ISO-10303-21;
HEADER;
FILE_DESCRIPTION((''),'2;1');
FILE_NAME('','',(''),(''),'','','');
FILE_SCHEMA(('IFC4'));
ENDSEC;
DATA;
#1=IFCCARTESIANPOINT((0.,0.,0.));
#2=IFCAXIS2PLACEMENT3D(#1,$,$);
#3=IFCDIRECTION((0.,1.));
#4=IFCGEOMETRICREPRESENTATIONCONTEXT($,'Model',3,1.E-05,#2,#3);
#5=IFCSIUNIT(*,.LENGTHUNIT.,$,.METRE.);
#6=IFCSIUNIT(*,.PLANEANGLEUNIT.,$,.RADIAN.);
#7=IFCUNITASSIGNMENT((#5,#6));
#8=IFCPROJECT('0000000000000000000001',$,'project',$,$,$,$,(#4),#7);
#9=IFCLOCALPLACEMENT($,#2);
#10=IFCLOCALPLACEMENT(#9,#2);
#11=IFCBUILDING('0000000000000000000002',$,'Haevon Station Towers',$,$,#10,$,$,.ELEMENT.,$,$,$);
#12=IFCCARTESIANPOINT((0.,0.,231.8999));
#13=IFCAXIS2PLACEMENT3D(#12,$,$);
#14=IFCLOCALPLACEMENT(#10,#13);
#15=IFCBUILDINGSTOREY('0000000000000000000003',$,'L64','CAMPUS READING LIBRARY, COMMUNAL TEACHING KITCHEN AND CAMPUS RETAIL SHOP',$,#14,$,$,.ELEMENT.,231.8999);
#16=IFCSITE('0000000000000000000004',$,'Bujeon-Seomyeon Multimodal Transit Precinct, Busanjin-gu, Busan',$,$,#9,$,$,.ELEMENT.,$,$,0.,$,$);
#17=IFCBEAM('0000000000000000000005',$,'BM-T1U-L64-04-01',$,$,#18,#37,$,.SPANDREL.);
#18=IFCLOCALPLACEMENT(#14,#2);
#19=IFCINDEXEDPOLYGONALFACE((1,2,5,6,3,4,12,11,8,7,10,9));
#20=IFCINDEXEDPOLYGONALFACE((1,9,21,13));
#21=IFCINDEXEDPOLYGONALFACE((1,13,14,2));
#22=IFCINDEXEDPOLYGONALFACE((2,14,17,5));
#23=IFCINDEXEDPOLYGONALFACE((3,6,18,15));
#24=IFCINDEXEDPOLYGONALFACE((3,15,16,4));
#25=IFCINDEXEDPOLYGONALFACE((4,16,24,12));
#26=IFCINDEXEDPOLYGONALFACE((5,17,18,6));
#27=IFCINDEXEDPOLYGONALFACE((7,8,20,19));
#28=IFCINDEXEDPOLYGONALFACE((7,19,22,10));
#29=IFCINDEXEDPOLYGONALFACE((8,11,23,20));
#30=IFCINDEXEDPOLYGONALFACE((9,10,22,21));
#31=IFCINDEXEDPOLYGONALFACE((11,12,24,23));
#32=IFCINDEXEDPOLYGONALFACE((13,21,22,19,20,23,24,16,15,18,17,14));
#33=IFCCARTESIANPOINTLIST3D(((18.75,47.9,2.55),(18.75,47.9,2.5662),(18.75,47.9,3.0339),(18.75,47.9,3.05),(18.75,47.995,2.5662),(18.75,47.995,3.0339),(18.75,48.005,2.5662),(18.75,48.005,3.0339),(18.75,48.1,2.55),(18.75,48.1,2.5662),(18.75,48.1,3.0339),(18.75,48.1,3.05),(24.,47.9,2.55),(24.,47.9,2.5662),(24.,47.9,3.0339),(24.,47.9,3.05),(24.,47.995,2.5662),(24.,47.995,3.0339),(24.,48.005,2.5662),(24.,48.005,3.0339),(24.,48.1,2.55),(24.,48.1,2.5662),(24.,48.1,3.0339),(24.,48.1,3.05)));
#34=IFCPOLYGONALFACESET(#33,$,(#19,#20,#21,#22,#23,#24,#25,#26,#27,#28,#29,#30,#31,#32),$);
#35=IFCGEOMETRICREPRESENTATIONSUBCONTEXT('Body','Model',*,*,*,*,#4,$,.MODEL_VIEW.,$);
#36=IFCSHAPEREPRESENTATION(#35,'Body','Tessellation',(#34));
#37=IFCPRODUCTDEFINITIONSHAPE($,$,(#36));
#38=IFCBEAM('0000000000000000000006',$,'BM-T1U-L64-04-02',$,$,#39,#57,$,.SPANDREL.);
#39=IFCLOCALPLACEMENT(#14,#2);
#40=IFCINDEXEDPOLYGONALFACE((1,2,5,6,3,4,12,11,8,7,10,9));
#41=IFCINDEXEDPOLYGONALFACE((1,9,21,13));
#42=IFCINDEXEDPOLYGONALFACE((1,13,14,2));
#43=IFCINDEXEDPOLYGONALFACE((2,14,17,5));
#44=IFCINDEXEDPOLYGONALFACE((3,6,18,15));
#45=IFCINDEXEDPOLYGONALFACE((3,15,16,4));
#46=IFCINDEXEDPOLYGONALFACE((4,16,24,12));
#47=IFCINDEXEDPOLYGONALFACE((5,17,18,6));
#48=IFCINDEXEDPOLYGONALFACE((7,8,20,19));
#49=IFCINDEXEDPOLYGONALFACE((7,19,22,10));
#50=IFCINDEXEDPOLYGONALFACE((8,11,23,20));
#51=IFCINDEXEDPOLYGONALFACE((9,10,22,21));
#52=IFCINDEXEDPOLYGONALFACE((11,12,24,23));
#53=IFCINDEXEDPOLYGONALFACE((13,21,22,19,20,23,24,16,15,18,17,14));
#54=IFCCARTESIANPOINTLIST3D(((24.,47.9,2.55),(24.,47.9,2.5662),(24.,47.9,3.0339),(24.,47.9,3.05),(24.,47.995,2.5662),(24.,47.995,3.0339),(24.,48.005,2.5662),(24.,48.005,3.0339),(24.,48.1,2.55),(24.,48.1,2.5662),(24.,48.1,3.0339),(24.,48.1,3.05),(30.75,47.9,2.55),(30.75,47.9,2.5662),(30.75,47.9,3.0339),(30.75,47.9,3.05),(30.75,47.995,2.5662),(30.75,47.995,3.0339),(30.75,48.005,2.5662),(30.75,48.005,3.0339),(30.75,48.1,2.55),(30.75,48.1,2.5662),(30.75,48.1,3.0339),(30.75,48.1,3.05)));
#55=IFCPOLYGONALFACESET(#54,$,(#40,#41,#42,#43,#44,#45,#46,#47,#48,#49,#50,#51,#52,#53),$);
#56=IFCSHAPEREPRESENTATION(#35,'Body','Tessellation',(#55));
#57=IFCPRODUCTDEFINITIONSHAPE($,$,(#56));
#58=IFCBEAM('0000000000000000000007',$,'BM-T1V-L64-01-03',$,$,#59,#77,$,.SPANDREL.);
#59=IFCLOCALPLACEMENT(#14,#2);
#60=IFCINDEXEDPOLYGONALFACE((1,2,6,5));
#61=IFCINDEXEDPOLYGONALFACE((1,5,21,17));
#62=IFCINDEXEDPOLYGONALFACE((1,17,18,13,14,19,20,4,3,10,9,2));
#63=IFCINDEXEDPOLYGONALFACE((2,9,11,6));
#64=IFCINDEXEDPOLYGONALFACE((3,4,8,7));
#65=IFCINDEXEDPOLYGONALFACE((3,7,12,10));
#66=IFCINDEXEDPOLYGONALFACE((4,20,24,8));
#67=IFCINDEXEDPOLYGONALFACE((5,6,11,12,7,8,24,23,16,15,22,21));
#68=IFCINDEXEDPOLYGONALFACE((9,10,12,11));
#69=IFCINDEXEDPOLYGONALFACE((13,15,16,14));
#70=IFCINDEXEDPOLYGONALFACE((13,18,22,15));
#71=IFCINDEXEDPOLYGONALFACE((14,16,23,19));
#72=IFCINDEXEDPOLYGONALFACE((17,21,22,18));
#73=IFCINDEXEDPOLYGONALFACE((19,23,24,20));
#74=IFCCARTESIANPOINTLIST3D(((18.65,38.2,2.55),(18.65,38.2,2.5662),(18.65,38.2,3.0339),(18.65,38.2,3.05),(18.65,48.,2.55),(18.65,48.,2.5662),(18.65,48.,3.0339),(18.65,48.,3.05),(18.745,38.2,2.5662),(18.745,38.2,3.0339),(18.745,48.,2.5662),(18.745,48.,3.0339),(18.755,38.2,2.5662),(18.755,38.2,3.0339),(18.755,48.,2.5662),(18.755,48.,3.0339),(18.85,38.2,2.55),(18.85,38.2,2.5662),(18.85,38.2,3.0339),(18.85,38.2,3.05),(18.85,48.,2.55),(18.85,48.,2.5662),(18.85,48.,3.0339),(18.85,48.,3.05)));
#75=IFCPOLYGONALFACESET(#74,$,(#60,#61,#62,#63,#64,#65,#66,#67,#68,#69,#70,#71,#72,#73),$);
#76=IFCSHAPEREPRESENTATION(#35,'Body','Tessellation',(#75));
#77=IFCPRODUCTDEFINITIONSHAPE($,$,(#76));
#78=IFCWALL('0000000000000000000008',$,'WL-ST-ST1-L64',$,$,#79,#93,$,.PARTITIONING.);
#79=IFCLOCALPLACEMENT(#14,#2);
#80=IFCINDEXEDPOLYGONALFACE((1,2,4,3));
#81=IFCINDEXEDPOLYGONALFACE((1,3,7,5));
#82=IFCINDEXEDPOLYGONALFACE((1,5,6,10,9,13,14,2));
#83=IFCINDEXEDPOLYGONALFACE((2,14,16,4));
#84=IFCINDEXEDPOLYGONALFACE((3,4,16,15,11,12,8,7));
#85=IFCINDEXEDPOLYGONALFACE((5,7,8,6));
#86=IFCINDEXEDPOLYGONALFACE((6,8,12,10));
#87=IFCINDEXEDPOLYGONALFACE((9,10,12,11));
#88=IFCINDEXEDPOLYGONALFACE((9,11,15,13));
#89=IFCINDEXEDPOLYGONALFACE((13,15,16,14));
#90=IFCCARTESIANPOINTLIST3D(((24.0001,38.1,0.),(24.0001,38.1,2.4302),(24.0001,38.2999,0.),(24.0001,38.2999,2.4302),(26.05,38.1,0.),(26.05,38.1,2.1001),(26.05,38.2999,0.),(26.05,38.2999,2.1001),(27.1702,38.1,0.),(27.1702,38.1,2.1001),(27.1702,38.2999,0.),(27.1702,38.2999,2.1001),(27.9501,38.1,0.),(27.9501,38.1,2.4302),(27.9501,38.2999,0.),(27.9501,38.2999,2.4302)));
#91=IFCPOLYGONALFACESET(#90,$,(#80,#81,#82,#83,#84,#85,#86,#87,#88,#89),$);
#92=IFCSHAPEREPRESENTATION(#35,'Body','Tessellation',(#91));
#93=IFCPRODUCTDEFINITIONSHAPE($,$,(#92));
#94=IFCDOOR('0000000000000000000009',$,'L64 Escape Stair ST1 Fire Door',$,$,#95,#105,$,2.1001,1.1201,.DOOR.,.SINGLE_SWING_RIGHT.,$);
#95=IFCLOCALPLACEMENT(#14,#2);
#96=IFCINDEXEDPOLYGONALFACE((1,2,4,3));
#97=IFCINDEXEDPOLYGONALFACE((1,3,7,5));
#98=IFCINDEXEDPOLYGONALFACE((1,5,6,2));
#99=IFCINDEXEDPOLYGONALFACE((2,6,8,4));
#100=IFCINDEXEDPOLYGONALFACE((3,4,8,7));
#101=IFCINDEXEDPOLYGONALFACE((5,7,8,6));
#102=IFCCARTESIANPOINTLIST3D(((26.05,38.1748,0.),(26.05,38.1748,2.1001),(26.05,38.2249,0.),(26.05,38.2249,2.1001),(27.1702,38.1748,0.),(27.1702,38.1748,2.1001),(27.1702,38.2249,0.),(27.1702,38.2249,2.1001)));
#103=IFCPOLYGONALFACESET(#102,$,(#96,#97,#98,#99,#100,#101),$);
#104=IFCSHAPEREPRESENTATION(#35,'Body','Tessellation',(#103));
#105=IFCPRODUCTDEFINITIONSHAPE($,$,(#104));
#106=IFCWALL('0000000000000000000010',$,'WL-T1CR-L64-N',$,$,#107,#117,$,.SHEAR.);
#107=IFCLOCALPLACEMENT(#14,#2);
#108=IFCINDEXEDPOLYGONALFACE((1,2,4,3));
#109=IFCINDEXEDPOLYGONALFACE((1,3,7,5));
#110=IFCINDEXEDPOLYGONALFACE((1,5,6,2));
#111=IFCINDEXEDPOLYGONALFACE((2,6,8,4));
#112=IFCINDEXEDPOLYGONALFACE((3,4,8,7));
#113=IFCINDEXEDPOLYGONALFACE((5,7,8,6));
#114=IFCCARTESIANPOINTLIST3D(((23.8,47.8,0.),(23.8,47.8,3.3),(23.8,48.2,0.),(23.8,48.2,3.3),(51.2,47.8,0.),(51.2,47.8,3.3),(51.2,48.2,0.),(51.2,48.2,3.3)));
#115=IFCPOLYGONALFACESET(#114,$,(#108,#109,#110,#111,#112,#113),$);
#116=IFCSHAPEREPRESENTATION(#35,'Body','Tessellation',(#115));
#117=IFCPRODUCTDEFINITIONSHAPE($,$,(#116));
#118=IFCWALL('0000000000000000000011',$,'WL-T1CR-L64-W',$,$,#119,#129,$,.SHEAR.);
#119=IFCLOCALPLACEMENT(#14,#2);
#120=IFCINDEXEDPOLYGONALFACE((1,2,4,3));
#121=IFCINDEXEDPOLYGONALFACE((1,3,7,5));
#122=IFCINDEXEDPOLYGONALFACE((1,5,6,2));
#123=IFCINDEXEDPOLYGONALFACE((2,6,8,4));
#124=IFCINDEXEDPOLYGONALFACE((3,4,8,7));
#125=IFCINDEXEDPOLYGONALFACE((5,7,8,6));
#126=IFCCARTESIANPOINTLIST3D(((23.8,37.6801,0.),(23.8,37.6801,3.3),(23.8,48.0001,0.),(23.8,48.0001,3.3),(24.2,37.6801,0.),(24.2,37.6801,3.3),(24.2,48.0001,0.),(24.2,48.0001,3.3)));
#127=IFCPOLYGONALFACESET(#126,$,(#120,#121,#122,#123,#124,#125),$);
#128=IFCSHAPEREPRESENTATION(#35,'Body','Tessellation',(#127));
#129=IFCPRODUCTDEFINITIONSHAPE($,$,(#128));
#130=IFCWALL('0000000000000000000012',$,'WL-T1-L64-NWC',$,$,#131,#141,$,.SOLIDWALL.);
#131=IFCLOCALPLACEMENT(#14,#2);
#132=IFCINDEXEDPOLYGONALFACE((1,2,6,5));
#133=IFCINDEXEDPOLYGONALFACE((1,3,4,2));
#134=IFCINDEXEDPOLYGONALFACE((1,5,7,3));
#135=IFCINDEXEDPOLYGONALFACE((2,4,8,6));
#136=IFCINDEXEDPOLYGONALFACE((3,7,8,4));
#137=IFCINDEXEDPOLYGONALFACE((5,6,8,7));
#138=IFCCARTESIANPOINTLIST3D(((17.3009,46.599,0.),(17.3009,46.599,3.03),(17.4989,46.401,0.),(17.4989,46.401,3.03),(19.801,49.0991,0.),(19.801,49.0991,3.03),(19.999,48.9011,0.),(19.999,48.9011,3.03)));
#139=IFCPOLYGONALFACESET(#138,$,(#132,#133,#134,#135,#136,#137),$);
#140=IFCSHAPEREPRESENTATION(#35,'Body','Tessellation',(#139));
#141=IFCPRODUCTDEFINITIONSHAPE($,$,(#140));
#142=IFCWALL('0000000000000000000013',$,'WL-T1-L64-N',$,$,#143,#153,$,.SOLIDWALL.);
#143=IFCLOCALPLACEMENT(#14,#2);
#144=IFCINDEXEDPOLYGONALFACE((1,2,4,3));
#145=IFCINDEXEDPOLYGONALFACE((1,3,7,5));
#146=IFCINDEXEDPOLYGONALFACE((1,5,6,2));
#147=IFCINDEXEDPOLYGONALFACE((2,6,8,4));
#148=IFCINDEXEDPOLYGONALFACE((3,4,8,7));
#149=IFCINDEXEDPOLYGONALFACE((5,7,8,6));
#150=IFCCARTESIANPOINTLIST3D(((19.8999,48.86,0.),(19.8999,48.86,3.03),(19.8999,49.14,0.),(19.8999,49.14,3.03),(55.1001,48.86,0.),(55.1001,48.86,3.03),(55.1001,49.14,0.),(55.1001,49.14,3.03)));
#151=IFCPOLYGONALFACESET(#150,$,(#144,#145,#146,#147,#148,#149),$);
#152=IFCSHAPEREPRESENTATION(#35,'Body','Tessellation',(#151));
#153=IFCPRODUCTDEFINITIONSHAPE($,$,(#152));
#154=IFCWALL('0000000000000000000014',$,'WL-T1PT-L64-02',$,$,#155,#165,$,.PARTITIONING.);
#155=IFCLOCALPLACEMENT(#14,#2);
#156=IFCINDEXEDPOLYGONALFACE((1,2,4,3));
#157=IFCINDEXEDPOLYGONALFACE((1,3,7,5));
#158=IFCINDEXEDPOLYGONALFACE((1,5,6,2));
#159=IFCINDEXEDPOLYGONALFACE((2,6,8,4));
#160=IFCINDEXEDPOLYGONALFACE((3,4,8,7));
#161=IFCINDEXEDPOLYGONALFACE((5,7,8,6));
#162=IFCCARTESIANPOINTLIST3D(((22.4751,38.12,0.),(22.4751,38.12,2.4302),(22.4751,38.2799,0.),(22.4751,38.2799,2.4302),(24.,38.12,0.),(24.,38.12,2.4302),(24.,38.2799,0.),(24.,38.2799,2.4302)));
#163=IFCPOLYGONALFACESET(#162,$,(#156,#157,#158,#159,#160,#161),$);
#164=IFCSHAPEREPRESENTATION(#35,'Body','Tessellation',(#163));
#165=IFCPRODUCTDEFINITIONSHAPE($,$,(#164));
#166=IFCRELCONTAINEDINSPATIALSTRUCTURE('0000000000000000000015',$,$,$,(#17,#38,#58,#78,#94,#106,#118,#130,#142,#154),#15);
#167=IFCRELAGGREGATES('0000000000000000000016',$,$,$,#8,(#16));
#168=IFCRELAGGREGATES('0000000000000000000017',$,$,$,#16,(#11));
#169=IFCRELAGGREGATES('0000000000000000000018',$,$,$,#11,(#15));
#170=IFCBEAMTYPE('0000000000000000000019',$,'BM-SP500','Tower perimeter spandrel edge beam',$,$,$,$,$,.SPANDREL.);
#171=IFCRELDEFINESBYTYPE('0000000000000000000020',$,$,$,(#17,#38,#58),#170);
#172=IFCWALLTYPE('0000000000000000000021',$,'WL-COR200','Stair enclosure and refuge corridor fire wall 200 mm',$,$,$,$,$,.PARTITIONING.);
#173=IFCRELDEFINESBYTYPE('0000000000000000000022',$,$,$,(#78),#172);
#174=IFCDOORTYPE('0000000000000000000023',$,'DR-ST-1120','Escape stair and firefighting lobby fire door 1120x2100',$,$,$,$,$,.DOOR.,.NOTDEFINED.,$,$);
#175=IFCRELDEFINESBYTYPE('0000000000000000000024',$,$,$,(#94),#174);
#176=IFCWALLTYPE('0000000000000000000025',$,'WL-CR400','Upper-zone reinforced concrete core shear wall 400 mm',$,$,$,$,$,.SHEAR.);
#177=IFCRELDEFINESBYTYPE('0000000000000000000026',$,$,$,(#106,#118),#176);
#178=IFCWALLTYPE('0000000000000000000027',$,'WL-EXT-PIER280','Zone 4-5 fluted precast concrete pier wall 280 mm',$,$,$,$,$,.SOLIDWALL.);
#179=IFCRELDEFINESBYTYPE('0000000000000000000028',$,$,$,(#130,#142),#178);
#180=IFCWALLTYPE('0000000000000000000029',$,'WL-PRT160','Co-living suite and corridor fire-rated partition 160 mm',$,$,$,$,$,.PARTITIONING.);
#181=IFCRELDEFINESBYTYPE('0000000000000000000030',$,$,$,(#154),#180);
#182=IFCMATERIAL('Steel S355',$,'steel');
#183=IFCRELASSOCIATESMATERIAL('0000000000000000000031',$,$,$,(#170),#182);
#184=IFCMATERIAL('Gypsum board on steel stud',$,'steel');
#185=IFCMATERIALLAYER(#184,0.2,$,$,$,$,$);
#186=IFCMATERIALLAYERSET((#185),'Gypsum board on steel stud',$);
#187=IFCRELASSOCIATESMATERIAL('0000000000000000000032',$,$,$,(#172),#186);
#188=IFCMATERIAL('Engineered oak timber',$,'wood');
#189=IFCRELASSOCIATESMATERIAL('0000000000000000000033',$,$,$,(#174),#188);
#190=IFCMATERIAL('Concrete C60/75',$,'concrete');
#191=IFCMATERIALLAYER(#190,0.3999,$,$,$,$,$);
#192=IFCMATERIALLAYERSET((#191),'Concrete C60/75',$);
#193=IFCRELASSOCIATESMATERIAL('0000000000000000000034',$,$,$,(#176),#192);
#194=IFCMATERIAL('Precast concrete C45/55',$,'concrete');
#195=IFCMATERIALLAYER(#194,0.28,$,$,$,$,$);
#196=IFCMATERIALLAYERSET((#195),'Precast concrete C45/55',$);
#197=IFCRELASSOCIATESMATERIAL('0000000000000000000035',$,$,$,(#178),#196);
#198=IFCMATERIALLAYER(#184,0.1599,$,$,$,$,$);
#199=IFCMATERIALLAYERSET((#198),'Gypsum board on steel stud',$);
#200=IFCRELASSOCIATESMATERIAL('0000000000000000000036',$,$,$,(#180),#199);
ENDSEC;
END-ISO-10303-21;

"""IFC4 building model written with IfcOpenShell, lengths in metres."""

from ifc_helpers import new_model, si_unit, direction, frame, frame_2d, origin, origin_2d, place, context, subcontext, project, spatial, rectangle, i_section, extrude, material, layer, layer_set, material_profile, profile_set, type_object, element, fill, save


model = new_model("IFC4")

# Units and contexts
model_context = context("Model", 3, precision=1e-05, world=origin(), true_north=direction((0.0, 1.0)))
body_context = subcontext(model_context, "Body", "Model", "MODEL_VIEW")
ifc_project = project(units=[si_unit("LENGTHUNIT", "METRE"), si_unit("PLANEANGLEUNIT", "RADIAN")], contexts=[model_context])

# Site, building, storey
site_placement = place(None, origin())
site = spatial("IfcSite", under=ifc_project, at=site_placement, Name="Bujeon-Seomyeon Multimodal Transit Precinct, Busanjin-gu, Busan", CompositionType="ELEMENT", RefElevation=0.0)
building_placement = place(site_placement, origin())
building = spatial("IfcBuilding", under=site, at=building_placement, Name="Haevon Station Towers", CompositionType="ELEMENT")
storey_placement = place(building_placement, frame((0.0, 0.0, 231.8999)))
storey = spatial("IfcBuildingStorey", under=building, at=storey_placement, Name="L64", Description="CAMPUS READING LIBRARY, COMMUNAL TEACHING KITCHEN AND CAMPUS RETAIL SHOP", CompositionType="ELEMENT", Elevation=231.8999)

# Shared definitions
ifc_material_1 = material(Name="Steel S355", Category="steel")

# Beams
ifc_material_profile_1 = material_profile(ifc_material_1, i_section(OverallWidth=0.2, OverallDepth=0.5, WebThickness=0.01, FlangeThickness=0.0161, at=origin_2d()), Name="H-500x200x10x16")
ifc_profile_set_1 = profile_set([ifc_material_profile_1], Name="Steel S355")
beam_type_1 = type_object("IfcBeamType", Name="BM-SP500", Description="Tower perimeter spandrel edge beam", PredefinedType="SPANDREL", material=ifc_profile_set_1)
beam_1_placement = place(storey_placement, frame((18.75, 48.0, 2.8), z_axis=(1.0, 0.0, 0.0), x_axis=(0.0, 1.0, 0.0)))
element("IfcBeam", 1, at=beam_1_placement, inside=storey, type_object=beam_type_1, Name="BM-T1U-L64-04-01", PredefinedType="SPANDREL", context=body_context, shape_type="SweptSolid", body=[
    extrude(i_section(OverallWidth=0.2, OverallDepth=0.5, WebThickness=0.01, FlangeThickness=0.0161, at=origin_2d()), origin(), (0.0, 0.0, 1.0), 5.25),
])
beam_2_placement = place(storey_placement, frame((24.0, 48.0, 2.8), z_axis=(1.0, 0.0, 0.0), x_axis=(0.0, 1.0, 0.0)))
element("IfcBeam", 2, at=beam_2_placement, inside=storey, type_object=beam_type_1, Name="BM-T1U-L64-04-02", PredefinedType="SPANDREL", context=body_context, shape_type="SweptSolid", body=[
    extrude(i_section(OverallWidth=0.2, OverallDepth=0.5, WebThickness=0.01, FlangeThickness=0.0161, at=origin_2d()), origin(), (0.0, 0.0, 1.0), 6.75),
])
beam_3_placement = place(storey_placement, frame((18.75, 38.2, 2.8), z_axis=(0.0, 1.0, 0.0), x_axis=(-1.0, 0.0, 0.0)))
element("IfcBeam", 3, at=beam_3_placement, inside=storey, type_object=beam_type_1, Name="BM-T1V-L64-01-03", PredefinedType="SPANDREL", context=body_context, shape_type="SweptSolid", body=[
    extrude(i_section(OverallWidth=0.2, OverallDepth=0.5, WebThickness=0.01, FlangeThickness=0.0161, at=origin_2d()), origin(), (0.0, 0.0, 1.0), 9.8),
])

# Wall, opening, door
ifc_material_2 = material(Name="Gypsum board on steel stud", Category="steel")
ifc_layer_1 = layer(ifc_material_2, 0.2)
ifc_layer_set_1 = layer_set([ifc_layer_1], Name="Gypsum board on steel stud")
wall_type_1 = type_object("IfcWallType", Name="WL-COR200", Description="Stair enclosure and refuge corridor fire wall 200 mm", PredefinedType="PARTITIONING", material=ifc_layer_set_1)
wall_1_placement = place(storey_placement, frame((24.0, 38.2, 0.0), z_axis=(0.0, 0.0, 1.0), x_axis=(1.0, 0.0, 0.0)))
wall_1 = element("IfcWall", 4, at=wall_1_placement, inside=storey, type_object=wall_type_1, Name="WL-ST-ST1-L64", PredefinedType="PARTITIONING", context=body_context, shape_type="SweptSolid", body=[
    extrude(rectangle(XDim=3.95, YDim=0.2, at=frame_2d((1.9751, 0.0))), origin(), (0.0, 0.0, 1.0), 2.4302),
])
opening_placement = place(wall_1_placement, frame((2.05, 0.0, 0.0)))
opening = element("IfcOpeningElement", 5, at=opening_placement, cuts=wall_1, PredefinedType="OPENING", context=body_context, shape_type="SweptSolid", body=[
    extrude(rectangle(XDim=1.1201, YDim=2.1001, at=frame_2d((0.5601, 1.05))), frame((0.0, 0.1099, 0.0), z_axis=(0.0, -1.0, 0.0), x_axis=(1.0, 0.0, 0.0)), (0.0, 0.0, 1.0), 0.22),
])
ifc_material_3 = material(Name="Engineered oak timber", Category="wood")
door_type = type_object("IfcDoorType", Name="DR-ST-1120", Description="Escape stair and firefighting lobby fire door 1120x2100", OperationType="NOTDEFINED", PredefinedType="DOOR", material=ifc_material_3)
door_placement = place(opening_placement, origin())
door = element("IfcDoor", 6, at=door_placement, inside=storey, type_object=door_type, Name="L64 Escape Stair ST1 Fire Door", OperationType="SINGLE_SWING_RIGHT", OverallHeight=2.1001, OverallWidth=1.1201, PredefinedType="DOOR", context=body_context, shape_type="SweptSolid", body=[
    extrude(rectangle(XDim=1.1201, YDim=2.1001, at=frame_2d((0.5601, 1.05))), frame((0.0, 0.0249, 0.0), z_axis=(0.0, -1.0, 0.0), x_axis=(1.0, 0.0, 0.0)), (0.0, 0.0, 1.0), 0.05),
])
fill(opening, door)

# Walls
ifc_material_4 = material(Name="Concrete C60/75", Category="concrete")
ifc_layer_2 = layer(ifc_material_4, 0.3999)
ifc_layer_set_2 = layer_set([ifc_layer_2], Name="Concrete C60/75")
wall_type_2 = type_object("IfcWallType", Name="WL-CR400", Description="Upper-zone reinforced concrete core shear wall 400 mm", PredefinedType="SHEAR", material=ifc_layer_set_2)
wall_2_placement = place(storey_placement, frame((23.8, 48.0, 0.0), z_axis=(0.0, 0.0, 1.0), x_axis=(1.0, 0.0, 0.0)))
element("IfcWall", 7, at=wall_2_placement, inside=storey, type_object=wall_type_2, Name="WL-T1CR-L64-N", PredefinedType="SHEAR", context=body_context, shape_type="SweptSolid", body=[
    extrude(rectangle(XDim=27.3999, YDim=0.3999, at=frame_2d((13.7, 0.0))), origin(), (0.0, 0.0, 1.0), 3.3),
])
wall_3_placement = place(storey_placement, frame((24.0, 37.6799, 0.0), z_axis=(0.0, 0.0, 1.0), x_axis=(0.0, 1.0, 0.0)))
element("IfcWall", 8, at=wall_3_placement, inside=storey, type_object=wall_type_2, Name="WL-T1CR-L64-W", PredefinedType="SHEAR", context=body_context, shape_type="SweptSolid", body=[
    extrude(rectangle(XDim=10.3201, YDim=0.3999, at=frame_2d((5.1602, 0.0))), origin(), (0.0, 0.0, 1.0), 3.3),
])
ifc_material_5 = material(Name="Precast concrete C45/55", Category="concrete")
ifc_layer_3 = layer(ifc_material_5, 0.28)
ifc_layer_set_3 = layer_set([ifc_layer_3], Name="Precast concrete C45/55")
wall_type_3 = type_object("IfcWallType", Name="WL-EXT-PIER280", Description="Zone 4-5 fluted precast concrete pier wall 280 mm", PredefinedType="SOLIDWALL", material=ifc_layer_set_3)
wall_4_placement = place(storey_placement, frame((17.3999, 46.5, 0.0), z_axis=(0.0, 0.0, 1.0), x_axis=(0.707107, 0.707107, 0.0)))
element("IfcWall", 9, at=wall_4_placement, inside=storey, type_object=wall_type_3, Name="WL-T1-L64-NWC", PredefinedType="SOLIDWALL", context=body_context, shape_type="SweptSolid", body=[
    extrude(rectangle(XDim=3.5356, YDim=0.28, at=frame_2d((1.7678, 0.0))), origin(), (0.0, 0.0, 1.0), 3.03),
])
wall_5_placement = place(storey_placement, frame((19.8999, 49.0, 0.0), z_axis=(0.0, 0.0, 1.0), x_axis=(1.0, 0.0, 0.0)))
element("IfcWall", 10, at=wall_5_placement, inside=storey, type_object=wall_type_3, Name="WL-T1-L64-N", PredefinedType="SOLIDWALL", context=body_context, shape_type="SweptSolid", body=[
    extrude(rectangle(XDim=35.2002, YDim=0.28, at=frame_2d((17.6001, 0.0))), origin(), (0.0, 0.0, 1.0), 3.03),
])
ifc_layer_4 = layer(ifc_material_2, 0.1599)
ifc_layer_set_4 = layer_set([ifc_layer_4], Name="Gypsum board on steel stud")
wall_type_4 = type_object("IfcWallType", Name="WL-PRT160", Description="Co-living suite and corridor fire-rated partition 160 mm", PredefinedType="PARTITIONING", material=ifc_layer_set_4)
wall_6_placement = place(storey_placement, frame((22.4751, 38.2, 0.0), z_axis=(0.0, 0.0, 1.0), x_axis=(1.0, 0.0, 0.0)))
element("IfcWall", 11, at=wall_6_placement, inside=storey, type_object=wall_type_4, Name="WL-T1PT-L64-02", PredefinedType="PARTITIONING", context=body_context, shape_type="SweptSolid", body=[
    extrude(rectangle(XDim=1.5249, YDim=0.1599, at=frame_2d((0.7625, 0.0))), origin(), (0.0, 0.0, 1.0), 2.4302),
])

save(model, "model.ifc")
